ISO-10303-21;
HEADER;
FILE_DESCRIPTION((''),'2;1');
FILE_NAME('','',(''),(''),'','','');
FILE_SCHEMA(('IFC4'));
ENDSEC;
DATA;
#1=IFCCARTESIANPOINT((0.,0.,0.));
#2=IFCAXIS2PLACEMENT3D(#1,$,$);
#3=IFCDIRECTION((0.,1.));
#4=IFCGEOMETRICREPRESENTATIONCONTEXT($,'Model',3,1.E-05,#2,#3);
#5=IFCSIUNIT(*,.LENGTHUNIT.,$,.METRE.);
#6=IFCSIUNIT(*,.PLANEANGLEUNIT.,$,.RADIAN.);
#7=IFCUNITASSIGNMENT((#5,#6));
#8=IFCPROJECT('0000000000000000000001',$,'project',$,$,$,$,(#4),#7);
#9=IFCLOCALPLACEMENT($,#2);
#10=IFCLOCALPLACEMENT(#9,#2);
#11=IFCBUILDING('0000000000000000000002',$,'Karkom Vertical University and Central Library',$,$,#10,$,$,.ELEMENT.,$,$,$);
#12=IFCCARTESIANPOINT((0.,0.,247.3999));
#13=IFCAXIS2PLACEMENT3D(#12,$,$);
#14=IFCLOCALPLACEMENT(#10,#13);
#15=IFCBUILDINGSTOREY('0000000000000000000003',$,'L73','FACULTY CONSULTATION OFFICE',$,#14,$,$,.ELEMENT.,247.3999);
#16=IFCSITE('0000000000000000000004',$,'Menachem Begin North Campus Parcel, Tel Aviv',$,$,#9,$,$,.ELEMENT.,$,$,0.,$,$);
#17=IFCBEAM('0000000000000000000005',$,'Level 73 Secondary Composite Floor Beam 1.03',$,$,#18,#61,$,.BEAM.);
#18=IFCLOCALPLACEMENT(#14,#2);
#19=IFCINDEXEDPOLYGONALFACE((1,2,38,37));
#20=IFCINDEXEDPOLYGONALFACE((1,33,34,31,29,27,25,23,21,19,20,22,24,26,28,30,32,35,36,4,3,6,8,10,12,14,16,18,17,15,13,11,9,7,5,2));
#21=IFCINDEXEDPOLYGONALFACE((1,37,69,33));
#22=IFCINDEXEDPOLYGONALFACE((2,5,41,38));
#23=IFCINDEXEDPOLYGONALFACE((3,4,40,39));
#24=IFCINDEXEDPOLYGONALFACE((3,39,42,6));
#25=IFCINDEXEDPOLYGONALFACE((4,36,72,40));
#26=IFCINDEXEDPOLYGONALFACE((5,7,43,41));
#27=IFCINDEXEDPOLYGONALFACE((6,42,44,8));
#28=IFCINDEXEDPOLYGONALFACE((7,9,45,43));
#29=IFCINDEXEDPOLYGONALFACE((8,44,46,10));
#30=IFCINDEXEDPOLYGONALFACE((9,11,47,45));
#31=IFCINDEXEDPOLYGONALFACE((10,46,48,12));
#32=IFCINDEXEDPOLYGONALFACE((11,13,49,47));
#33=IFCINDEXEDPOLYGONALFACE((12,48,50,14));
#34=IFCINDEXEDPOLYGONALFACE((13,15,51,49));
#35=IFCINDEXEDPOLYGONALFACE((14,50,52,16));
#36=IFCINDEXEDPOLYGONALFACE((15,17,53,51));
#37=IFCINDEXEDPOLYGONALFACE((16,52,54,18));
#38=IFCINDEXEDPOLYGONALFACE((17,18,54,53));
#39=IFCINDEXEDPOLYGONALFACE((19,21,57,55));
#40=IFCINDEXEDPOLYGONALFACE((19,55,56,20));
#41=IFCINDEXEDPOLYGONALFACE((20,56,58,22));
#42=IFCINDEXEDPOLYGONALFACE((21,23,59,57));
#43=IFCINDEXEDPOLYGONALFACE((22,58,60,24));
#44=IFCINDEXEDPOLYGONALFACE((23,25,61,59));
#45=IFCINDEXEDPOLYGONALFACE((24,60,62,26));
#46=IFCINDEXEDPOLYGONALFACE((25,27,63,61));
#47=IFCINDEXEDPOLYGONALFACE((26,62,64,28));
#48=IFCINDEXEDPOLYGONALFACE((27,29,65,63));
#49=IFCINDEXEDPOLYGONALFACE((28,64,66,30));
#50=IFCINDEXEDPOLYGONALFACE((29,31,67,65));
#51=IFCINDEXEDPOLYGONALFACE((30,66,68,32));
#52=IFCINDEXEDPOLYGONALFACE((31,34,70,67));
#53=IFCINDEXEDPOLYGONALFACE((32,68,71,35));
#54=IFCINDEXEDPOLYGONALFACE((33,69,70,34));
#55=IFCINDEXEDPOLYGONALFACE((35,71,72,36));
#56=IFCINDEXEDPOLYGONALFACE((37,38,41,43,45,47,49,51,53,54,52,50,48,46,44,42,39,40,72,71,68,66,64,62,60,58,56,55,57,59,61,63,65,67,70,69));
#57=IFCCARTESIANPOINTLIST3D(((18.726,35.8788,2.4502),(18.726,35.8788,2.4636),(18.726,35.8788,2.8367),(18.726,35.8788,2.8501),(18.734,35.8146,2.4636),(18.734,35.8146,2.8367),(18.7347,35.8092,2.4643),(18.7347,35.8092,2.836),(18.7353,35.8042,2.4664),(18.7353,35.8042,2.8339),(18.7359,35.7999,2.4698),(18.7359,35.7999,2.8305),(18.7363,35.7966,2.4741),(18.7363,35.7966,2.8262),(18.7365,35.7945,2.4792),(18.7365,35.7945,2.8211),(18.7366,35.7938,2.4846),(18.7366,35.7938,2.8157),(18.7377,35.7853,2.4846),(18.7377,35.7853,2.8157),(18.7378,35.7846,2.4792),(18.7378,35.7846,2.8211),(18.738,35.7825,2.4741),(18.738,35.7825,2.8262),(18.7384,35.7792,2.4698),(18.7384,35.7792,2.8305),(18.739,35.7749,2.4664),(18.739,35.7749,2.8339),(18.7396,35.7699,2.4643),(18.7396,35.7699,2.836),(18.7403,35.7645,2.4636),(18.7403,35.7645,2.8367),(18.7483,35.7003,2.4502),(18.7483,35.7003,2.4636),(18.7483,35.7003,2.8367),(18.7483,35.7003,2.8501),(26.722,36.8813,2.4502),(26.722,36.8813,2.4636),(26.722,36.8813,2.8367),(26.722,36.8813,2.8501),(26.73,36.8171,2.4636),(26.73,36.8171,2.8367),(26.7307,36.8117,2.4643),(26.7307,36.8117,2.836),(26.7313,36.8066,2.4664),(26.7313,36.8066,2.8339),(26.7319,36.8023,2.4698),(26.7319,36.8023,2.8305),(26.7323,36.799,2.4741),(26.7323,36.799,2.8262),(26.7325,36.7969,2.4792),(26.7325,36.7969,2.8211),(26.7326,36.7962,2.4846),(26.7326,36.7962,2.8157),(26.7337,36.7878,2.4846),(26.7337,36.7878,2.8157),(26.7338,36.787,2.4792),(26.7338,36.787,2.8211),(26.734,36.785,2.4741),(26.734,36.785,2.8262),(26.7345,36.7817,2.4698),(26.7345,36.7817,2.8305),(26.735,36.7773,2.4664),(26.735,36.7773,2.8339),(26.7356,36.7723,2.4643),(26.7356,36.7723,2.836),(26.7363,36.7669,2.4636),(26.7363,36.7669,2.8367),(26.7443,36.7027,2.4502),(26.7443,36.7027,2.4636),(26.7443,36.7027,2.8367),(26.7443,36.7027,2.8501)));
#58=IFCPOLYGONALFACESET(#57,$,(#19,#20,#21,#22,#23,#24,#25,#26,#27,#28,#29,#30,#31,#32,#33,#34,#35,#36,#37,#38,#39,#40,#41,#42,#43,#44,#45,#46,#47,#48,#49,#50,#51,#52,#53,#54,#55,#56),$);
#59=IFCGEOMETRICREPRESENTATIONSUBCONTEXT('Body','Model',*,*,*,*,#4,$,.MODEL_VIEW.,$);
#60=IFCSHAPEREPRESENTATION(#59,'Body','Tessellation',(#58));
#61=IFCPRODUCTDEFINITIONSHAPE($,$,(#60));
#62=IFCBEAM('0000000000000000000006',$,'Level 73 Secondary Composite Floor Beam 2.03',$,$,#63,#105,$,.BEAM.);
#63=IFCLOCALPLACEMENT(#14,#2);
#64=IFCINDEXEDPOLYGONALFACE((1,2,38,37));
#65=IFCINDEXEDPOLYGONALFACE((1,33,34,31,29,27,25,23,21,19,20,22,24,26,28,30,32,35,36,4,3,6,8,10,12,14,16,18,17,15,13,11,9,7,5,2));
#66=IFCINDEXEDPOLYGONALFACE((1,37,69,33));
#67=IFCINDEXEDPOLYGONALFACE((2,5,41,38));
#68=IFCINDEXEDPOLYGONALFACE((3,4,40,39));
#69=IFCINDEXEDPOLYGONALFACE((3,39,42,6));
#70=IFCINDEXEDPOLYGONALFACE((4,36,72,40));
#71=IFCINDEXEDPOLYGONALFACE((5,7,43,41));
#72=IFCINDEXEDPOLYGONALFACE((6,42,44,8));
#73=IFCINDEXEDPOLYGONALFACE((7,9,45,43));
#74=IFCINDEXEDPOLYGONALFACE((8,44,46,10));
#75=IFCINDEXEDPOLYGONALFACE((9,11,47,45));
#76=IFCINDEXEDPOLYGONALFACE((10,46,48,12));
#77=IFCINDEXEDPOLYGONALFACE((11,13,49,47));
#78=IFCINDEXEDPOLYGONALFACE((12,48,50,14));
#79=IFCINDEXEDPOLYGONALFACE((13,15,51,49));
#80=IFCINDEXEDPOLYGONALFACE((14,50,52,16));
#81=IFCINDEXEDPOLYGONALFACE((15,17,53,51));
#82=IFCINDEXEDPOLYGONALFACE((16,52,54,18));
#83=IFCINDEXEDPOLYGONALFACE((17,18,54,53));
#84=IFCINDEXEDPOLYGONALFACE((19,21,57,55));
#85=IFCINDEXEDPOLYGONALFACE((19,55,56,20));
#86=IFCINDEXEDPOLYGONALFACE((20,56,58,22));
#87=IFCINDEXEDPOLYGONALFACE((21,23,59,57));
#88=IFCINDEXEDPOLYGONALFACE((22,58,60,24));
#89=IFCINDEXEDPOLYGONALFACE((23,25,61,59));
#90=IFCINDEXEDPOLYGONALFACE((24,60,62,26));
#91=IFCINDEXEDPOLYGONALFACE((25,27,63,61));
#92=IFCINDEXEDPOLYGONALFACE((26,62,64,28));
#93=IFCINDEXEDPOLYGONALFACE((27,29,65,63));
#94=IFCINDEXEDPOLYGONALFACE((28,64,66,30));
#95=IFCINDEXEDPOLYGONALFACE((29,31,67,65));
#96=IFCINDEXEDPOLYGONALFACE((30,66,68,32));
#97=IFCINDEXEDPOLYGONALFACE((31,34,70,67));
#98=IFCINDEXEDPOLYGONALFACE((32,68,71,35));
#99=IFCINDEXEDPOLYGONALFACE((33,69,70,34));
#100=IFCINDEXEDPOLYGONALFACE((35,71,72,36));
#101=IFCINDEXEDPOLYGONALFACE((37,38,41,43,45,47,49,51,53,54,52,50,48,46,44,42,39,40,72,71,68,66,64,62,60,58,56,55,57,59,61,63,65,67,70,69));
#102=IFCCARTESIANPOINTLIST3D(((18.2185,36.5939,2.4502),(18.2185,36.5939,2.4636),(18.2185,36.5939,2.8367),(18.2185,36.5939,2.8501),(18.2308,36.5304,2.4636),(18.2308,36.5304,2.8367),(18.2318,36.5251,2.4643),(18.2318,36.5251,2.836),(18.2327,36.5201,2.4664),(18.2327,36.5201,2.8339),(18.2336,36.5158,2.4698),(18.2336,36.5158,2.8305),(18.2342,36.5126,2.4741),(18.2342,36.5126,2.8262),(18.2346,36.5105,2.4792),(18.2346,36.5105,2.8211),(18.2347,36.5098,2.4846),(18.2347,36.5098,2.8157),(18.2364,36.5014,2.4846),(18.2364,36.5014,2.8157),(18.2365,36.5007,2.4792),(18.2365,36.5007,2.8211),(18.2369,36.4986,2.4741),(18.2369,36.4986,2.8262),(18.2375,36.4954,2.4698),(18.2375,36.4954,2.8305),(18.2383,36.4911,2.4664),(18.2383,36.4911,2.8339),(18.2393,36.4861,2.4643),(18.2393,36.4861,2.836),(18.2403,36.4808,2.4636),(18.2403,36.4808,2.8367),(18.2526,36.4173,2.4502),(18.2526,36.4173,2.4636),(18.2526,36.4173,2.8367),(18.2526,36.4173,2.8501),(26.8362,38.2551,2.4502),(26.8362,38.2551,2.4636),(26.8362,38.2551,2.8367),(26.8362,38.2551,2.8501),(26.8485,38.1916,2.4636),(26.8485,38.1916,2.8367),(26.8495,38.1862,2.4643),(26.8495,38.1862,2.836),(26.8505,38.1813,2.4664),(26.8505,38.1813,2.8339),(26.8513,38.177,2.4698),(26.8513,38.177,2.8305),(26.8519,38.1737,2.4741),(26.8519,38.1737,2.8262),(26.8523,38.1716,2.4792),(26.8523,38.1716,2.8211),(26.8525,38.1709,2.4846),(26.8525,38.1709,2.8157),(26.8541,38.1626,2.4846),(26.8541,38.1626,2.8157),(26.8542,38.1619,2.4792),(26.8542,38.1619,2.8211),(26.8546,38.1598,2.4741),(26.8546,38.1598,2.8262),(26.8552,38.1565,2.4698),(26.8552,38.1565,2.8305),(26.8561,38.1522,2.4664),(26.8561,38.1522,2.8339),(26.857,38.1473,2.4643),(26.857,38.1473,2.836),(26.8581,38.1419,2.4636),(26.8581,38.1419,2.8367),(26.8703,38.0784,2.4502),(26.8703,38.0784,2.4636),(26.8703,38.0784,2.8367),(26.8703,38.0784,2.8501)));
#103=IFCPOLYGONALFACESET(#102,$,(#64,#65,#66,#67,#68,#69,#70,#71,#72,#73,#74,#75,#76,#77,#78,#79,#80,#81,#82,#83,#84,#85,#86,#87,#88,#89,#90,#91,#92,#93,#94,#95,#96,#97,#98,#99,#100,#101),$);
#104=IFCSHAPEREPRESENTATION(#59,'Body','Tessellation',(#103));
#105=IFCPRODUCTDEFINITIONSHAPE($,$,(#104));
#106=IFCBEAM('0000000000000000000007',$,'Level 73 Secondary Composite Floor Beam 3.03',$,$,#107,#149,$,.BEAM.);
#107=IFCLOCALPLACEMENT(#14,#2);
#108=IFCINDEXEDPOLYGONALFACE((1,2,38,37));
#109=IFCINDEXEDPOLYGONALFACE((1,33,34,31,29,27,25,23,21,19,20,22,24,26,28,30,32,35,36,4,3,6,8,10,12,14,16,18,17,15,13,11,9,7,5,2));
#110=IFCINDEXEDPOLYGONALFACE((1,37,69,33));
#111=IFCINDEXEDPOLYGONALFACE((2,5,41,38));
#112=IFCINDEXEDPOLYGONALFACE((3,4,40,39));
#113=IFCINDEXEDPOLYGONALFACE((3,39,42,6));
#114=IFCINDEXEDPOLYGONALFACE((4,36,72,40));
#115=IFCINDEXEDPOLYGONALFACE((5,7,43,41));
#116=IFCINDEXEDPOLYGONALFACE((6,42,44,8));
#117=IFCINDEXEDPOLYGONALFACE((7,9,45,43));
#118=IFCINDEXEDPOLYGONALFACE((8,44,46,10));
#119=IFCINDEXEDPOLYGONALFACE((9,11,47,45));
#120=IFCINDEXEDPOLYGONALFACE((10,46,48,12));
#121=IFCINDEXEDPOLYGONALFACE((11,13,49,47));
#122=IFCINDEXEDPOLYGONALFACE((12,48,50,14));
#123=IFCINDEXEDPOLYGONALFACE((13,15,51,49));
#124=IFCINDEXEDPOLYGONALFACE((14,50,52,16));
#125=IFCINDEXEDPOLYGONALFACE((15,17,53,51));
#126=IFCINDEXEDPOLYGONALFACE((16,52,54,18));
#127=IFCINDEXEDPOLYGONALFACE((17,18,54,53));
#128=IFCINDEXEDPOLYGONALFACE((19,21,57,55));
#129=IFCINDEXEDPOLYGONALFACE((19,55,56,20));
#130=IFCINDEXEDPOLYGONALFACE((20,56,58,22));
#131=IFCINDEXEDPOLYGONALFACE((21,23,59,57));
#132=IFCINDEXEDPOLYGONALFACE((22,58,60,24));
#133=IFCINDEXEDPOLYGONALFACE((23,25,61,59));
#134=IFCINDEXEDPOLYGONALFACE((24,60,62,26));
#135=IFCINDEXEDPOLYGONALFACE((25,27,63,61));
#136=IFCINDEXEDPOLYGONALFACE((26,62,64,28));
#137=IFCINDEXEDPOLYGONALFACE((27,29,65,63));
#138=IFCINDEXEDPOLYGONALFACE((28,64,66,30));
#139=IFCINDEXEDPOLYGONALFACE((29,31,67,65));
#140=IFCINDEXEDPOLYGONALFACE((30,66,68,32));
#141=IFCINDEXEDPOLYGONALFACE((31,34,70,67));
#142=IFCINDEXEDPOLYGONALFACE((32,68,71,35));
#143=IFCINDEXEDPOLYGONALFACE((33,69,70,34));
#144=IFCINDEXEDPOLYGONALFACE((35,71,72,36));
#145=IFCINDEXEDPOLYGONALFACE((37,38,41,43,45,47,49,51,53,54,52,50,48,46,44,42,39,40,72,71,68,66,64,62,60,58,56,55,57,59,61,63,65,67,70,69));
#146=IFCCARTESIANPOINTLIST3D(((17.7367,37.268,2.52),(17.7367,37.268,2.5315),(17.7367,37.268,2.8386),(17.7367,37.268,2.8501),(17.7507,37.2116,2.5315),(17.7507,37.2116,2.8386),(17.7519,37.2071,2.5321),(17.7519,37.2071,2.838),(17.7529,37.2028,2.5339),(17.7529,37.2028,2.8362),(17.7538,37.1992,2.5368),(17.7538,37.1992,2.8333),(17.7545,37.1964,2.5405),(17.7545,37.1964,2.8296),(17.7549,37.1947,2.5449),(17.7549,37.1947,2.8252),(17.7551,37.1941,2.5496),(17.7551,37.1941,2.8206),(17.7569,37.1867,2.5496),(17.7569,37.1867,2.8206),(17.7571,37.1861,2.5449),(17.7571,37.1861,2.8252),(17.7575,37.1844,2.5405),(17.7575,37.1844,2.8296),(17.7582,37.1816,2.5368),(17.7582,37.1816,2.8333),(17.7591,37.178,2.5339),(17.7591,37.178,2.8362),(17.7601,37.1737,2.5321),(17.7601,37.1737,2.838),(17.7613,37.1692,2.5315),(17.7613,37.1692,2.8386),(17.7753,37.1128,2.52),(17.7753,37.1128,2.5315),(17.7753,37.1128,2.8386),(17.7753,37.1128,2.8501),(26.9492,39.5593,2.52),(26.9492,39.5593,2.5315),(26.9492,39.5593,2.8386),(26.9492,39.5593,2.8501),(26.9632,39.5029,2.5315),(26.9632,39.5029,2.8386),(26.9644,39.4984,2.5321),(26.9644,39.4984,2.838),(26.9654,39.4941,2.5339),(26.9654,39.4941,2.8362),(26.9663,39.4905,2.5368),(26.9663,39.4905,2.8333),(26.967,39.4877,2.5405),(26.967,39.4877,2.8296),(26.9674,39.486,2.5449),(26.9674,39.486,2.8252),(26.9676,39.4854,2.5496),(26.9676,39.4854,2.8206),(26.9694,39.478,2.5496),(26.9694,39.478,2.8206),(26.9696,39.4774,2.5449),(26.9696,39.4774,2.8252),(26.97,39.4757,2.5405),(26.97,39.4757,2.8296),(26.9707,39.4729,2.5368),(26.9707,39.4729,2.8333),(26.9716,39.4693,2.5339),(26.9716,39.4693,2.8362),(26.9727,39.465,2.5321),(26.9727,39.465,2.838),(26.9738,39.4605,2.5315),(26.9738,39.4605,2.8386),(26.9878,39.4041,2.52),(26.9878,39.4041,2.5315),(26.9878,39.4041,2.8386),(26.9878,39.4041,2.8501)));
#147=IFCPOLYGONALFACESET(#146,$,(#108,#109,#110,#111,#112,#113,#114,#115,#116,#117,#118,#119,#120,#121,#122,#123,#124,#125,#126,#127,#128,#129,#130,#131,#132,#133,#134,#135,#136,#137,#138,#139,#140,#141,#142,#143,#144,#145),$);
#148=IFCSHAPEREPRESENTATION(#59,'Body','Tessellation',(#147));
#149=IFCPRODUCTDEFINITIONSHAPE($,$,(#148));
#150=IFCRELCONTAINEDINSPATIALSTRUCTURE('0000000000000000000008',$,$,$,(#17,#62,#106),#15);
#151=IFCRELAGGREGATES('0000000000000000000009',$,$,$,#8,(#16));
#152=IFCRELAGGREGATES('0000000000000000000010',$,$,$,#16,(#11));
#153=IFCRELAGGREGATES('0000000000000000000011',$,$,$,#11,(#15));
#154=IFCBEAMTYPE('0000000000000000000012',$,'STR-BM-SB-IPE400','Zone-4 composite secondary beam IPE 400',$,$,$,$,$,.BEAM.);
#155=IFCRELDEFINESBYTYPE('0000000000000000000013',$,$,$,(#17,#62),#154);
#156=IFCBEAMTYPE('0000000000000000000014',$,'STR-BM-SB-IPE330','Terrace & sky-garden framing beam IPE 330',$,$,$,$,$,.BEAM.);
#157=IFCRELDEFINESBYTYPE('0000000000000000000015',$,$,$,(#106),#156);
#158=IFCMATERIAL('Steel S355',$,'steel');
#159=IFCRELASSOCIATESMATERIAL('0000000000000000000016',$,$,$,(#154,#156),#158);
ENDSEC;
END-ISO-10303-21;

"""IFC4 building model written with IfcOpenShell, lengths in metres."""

from ifc_helpers import new_model, si_unit, direction, frame, origin, origin_with_axes, origin_2d, place, context, subcontext, project, spatial, i_section, extrude, source, transform, mapped, material, material_profile, profile_set, type_object, element, save


model = new_model("IFC4")

# Units and contexts
model_context = context("Model", 3, precision=1e-05, world=origin(), true_north=direction((0.0, 1.0)))
body_context = subcontext(model_context, "Body", "Model", "MODEL_VIEW")
ifc_project = project(units=[si_unit("LENGTHUNIT", "METRE"), si_unit("PLANEANGLEUNIT", "RADIAN")], contexts=[model_context])

# Site, building, storey
site_placement = place(None, origin())
site = spatial("IfcSite", under=ifc_project, at=site_placement, Name="Menachem Begin North Campus Parcel, Tel Aviv", CompositionType="ELEMENT", RefElevation=0.0)
building_placement = place(site_placement, origin())
building = spatial("IfcBuilding", under=site, at=building_placement, Name="Karkom Vertical University and Central Library", CompositionType="ELEMENT")
storey_placement = place(building_placement, frame((0.0, 0.0, 247.3999)))
storey = spatial("IfcBuildingStorey", under=building, at=storey_placement, Name="L73", Description="FACULTY CONSULTATION OFFICE", CompositionType="ELEMENT", Elevation=247.3999)

# Beams
ifc_material_1 = material(Name="Steel S355", Category="steel")
ifc_material_profile_1 = material_profile(ifc_material_1, i_section(OverallWidth=0.1799, OverallDepth=0.3999, WebThickness=0.0085, FlangeThickness=0.0134, FilletRadius=0.021, at=origin_2d()), Name="IPE 400")
ifc_profile_set_1 = profile_set([ifc_material_profile_1], Name="Steel S355")
beam_type_1 = type_object("IfcBeamType", Name="STR-BM-SB-IPE400", Description="Zone-4 composite secondary beam IPE 400", PredefinedType="BEAM", material=ifc_profile_set_1)
shared_shape_1 = source(origin_with_axes(), body_context, "Body", "SweptSolid", [
    extrude(i_section(OverallWidth=0.1799, OverallDepth=0.3999, WebThickness=0.0085, FlangeThickness=0.0134, FilletRadius=0.021, at=origin_2d()), origin(), (0.0, 0.0, 1.0), 8.0586),
])
beam_1_placement = place(storey_placement, frame((26.7332, 36.792, 2.6501), z_axis=(-0.992233, -0.124393, 0.0), x_axis=(0.124393, -0.992233, 0.0)))
element("IfcBeam", 1, at=beam_1_placement, inside=storey, type_object=beam_type_1, Name="Level 73 Secondary Composite Floor Beam 1.03", PredefinedType="BEAM", context=body_context, shape_type="MappedRepresentation", body=[
    mapped(shared_shape_1, transform((0.0, 0.0, 0.0), scale=1.0)),
])
shared_shape_2 = source(origin_with_axes(), body_context, "Body", "SweptSolid", [
    extrude(i_section(OverallWidth=0.1799, OverallDepth=0.3999, WebThickness=0.0085, FlangeThickness=0.0134, FilletRadius=0.021, at=origin_2d()), origin(), (0.0, 0.0, 1.0), 8.7764),
])
beam_2_placement = place(storey_placement, frame((26.8533, 38.1667, 2.6501), z_axis=(-0.981924, -0.189275, 0.0), x_axis=(0.189275, -0.981924, 0.0)))
element("IfcBeam", 2, at=beam_2_placement, inside=storey, type_object=beam_type_1, Name="Level 73 Secondary Composite Floor Beam 2.03", PredefinedType="BEAM", context=body_context, shape_type="MappedRepresentation", body=[
    mapped(shared_shape_2, transform((0.0, 0.0, 0.0), scale=1.0)),
])
ifc_material_profile_2 = material_profile(ifc_material_1, i_section(OverallWidth=0.1599, OverallDepth=0.3301, WebThickness=0.0076, FlangeThickness=0.0115, FilletRadius=0.0181, at=origin_2d()), Name="IPE 330")
ifc_profile_set_2 = profile_set([ifc_material_profile_2], Name="Steel S355")
beam_type_2 = type_object("IfcBeamType", Name="STR-BM-SB-IPE330", Description="Terrace & sky-garden framing beam IPE 330", PredefinedType="BEAM", material=ifc_profile_set_2)
shared_shape_3 = source(origin_with_axes(), body_context, "Body", "SweptSolid", [
    extrude(i_section(OverallWidth=0.1599, OverallDepth=0.3301, WebThickness=0.0076, FlangeThickness=0.0115, FilletRadius=0.0181, at=origin_2d()), origin(), (0.0, 0.0, 1.0), 9.4932),
])
beam_3_placement = place(storey_placement, frame((26.9685, 39.4817, 2.6851), z_axis=(-0.970435, -0.241362, 0.0), x_axis=(0.241362, -0.970435, 0.0)))
element("IfcBeam", 3, at=beam_3_placement, inside=storey, type_object=beam_type_2, Name="Level 73 Secondary Composite Floor Beam 3.03", PredefinedType="BEAM", context=body_context, shape_type="MappedRepresentation", body=[
    mapped(shared_shape_3, transform((0.0, 0.0, 0.0), scale=1.0)),
])

save(model, "model.ifc")
